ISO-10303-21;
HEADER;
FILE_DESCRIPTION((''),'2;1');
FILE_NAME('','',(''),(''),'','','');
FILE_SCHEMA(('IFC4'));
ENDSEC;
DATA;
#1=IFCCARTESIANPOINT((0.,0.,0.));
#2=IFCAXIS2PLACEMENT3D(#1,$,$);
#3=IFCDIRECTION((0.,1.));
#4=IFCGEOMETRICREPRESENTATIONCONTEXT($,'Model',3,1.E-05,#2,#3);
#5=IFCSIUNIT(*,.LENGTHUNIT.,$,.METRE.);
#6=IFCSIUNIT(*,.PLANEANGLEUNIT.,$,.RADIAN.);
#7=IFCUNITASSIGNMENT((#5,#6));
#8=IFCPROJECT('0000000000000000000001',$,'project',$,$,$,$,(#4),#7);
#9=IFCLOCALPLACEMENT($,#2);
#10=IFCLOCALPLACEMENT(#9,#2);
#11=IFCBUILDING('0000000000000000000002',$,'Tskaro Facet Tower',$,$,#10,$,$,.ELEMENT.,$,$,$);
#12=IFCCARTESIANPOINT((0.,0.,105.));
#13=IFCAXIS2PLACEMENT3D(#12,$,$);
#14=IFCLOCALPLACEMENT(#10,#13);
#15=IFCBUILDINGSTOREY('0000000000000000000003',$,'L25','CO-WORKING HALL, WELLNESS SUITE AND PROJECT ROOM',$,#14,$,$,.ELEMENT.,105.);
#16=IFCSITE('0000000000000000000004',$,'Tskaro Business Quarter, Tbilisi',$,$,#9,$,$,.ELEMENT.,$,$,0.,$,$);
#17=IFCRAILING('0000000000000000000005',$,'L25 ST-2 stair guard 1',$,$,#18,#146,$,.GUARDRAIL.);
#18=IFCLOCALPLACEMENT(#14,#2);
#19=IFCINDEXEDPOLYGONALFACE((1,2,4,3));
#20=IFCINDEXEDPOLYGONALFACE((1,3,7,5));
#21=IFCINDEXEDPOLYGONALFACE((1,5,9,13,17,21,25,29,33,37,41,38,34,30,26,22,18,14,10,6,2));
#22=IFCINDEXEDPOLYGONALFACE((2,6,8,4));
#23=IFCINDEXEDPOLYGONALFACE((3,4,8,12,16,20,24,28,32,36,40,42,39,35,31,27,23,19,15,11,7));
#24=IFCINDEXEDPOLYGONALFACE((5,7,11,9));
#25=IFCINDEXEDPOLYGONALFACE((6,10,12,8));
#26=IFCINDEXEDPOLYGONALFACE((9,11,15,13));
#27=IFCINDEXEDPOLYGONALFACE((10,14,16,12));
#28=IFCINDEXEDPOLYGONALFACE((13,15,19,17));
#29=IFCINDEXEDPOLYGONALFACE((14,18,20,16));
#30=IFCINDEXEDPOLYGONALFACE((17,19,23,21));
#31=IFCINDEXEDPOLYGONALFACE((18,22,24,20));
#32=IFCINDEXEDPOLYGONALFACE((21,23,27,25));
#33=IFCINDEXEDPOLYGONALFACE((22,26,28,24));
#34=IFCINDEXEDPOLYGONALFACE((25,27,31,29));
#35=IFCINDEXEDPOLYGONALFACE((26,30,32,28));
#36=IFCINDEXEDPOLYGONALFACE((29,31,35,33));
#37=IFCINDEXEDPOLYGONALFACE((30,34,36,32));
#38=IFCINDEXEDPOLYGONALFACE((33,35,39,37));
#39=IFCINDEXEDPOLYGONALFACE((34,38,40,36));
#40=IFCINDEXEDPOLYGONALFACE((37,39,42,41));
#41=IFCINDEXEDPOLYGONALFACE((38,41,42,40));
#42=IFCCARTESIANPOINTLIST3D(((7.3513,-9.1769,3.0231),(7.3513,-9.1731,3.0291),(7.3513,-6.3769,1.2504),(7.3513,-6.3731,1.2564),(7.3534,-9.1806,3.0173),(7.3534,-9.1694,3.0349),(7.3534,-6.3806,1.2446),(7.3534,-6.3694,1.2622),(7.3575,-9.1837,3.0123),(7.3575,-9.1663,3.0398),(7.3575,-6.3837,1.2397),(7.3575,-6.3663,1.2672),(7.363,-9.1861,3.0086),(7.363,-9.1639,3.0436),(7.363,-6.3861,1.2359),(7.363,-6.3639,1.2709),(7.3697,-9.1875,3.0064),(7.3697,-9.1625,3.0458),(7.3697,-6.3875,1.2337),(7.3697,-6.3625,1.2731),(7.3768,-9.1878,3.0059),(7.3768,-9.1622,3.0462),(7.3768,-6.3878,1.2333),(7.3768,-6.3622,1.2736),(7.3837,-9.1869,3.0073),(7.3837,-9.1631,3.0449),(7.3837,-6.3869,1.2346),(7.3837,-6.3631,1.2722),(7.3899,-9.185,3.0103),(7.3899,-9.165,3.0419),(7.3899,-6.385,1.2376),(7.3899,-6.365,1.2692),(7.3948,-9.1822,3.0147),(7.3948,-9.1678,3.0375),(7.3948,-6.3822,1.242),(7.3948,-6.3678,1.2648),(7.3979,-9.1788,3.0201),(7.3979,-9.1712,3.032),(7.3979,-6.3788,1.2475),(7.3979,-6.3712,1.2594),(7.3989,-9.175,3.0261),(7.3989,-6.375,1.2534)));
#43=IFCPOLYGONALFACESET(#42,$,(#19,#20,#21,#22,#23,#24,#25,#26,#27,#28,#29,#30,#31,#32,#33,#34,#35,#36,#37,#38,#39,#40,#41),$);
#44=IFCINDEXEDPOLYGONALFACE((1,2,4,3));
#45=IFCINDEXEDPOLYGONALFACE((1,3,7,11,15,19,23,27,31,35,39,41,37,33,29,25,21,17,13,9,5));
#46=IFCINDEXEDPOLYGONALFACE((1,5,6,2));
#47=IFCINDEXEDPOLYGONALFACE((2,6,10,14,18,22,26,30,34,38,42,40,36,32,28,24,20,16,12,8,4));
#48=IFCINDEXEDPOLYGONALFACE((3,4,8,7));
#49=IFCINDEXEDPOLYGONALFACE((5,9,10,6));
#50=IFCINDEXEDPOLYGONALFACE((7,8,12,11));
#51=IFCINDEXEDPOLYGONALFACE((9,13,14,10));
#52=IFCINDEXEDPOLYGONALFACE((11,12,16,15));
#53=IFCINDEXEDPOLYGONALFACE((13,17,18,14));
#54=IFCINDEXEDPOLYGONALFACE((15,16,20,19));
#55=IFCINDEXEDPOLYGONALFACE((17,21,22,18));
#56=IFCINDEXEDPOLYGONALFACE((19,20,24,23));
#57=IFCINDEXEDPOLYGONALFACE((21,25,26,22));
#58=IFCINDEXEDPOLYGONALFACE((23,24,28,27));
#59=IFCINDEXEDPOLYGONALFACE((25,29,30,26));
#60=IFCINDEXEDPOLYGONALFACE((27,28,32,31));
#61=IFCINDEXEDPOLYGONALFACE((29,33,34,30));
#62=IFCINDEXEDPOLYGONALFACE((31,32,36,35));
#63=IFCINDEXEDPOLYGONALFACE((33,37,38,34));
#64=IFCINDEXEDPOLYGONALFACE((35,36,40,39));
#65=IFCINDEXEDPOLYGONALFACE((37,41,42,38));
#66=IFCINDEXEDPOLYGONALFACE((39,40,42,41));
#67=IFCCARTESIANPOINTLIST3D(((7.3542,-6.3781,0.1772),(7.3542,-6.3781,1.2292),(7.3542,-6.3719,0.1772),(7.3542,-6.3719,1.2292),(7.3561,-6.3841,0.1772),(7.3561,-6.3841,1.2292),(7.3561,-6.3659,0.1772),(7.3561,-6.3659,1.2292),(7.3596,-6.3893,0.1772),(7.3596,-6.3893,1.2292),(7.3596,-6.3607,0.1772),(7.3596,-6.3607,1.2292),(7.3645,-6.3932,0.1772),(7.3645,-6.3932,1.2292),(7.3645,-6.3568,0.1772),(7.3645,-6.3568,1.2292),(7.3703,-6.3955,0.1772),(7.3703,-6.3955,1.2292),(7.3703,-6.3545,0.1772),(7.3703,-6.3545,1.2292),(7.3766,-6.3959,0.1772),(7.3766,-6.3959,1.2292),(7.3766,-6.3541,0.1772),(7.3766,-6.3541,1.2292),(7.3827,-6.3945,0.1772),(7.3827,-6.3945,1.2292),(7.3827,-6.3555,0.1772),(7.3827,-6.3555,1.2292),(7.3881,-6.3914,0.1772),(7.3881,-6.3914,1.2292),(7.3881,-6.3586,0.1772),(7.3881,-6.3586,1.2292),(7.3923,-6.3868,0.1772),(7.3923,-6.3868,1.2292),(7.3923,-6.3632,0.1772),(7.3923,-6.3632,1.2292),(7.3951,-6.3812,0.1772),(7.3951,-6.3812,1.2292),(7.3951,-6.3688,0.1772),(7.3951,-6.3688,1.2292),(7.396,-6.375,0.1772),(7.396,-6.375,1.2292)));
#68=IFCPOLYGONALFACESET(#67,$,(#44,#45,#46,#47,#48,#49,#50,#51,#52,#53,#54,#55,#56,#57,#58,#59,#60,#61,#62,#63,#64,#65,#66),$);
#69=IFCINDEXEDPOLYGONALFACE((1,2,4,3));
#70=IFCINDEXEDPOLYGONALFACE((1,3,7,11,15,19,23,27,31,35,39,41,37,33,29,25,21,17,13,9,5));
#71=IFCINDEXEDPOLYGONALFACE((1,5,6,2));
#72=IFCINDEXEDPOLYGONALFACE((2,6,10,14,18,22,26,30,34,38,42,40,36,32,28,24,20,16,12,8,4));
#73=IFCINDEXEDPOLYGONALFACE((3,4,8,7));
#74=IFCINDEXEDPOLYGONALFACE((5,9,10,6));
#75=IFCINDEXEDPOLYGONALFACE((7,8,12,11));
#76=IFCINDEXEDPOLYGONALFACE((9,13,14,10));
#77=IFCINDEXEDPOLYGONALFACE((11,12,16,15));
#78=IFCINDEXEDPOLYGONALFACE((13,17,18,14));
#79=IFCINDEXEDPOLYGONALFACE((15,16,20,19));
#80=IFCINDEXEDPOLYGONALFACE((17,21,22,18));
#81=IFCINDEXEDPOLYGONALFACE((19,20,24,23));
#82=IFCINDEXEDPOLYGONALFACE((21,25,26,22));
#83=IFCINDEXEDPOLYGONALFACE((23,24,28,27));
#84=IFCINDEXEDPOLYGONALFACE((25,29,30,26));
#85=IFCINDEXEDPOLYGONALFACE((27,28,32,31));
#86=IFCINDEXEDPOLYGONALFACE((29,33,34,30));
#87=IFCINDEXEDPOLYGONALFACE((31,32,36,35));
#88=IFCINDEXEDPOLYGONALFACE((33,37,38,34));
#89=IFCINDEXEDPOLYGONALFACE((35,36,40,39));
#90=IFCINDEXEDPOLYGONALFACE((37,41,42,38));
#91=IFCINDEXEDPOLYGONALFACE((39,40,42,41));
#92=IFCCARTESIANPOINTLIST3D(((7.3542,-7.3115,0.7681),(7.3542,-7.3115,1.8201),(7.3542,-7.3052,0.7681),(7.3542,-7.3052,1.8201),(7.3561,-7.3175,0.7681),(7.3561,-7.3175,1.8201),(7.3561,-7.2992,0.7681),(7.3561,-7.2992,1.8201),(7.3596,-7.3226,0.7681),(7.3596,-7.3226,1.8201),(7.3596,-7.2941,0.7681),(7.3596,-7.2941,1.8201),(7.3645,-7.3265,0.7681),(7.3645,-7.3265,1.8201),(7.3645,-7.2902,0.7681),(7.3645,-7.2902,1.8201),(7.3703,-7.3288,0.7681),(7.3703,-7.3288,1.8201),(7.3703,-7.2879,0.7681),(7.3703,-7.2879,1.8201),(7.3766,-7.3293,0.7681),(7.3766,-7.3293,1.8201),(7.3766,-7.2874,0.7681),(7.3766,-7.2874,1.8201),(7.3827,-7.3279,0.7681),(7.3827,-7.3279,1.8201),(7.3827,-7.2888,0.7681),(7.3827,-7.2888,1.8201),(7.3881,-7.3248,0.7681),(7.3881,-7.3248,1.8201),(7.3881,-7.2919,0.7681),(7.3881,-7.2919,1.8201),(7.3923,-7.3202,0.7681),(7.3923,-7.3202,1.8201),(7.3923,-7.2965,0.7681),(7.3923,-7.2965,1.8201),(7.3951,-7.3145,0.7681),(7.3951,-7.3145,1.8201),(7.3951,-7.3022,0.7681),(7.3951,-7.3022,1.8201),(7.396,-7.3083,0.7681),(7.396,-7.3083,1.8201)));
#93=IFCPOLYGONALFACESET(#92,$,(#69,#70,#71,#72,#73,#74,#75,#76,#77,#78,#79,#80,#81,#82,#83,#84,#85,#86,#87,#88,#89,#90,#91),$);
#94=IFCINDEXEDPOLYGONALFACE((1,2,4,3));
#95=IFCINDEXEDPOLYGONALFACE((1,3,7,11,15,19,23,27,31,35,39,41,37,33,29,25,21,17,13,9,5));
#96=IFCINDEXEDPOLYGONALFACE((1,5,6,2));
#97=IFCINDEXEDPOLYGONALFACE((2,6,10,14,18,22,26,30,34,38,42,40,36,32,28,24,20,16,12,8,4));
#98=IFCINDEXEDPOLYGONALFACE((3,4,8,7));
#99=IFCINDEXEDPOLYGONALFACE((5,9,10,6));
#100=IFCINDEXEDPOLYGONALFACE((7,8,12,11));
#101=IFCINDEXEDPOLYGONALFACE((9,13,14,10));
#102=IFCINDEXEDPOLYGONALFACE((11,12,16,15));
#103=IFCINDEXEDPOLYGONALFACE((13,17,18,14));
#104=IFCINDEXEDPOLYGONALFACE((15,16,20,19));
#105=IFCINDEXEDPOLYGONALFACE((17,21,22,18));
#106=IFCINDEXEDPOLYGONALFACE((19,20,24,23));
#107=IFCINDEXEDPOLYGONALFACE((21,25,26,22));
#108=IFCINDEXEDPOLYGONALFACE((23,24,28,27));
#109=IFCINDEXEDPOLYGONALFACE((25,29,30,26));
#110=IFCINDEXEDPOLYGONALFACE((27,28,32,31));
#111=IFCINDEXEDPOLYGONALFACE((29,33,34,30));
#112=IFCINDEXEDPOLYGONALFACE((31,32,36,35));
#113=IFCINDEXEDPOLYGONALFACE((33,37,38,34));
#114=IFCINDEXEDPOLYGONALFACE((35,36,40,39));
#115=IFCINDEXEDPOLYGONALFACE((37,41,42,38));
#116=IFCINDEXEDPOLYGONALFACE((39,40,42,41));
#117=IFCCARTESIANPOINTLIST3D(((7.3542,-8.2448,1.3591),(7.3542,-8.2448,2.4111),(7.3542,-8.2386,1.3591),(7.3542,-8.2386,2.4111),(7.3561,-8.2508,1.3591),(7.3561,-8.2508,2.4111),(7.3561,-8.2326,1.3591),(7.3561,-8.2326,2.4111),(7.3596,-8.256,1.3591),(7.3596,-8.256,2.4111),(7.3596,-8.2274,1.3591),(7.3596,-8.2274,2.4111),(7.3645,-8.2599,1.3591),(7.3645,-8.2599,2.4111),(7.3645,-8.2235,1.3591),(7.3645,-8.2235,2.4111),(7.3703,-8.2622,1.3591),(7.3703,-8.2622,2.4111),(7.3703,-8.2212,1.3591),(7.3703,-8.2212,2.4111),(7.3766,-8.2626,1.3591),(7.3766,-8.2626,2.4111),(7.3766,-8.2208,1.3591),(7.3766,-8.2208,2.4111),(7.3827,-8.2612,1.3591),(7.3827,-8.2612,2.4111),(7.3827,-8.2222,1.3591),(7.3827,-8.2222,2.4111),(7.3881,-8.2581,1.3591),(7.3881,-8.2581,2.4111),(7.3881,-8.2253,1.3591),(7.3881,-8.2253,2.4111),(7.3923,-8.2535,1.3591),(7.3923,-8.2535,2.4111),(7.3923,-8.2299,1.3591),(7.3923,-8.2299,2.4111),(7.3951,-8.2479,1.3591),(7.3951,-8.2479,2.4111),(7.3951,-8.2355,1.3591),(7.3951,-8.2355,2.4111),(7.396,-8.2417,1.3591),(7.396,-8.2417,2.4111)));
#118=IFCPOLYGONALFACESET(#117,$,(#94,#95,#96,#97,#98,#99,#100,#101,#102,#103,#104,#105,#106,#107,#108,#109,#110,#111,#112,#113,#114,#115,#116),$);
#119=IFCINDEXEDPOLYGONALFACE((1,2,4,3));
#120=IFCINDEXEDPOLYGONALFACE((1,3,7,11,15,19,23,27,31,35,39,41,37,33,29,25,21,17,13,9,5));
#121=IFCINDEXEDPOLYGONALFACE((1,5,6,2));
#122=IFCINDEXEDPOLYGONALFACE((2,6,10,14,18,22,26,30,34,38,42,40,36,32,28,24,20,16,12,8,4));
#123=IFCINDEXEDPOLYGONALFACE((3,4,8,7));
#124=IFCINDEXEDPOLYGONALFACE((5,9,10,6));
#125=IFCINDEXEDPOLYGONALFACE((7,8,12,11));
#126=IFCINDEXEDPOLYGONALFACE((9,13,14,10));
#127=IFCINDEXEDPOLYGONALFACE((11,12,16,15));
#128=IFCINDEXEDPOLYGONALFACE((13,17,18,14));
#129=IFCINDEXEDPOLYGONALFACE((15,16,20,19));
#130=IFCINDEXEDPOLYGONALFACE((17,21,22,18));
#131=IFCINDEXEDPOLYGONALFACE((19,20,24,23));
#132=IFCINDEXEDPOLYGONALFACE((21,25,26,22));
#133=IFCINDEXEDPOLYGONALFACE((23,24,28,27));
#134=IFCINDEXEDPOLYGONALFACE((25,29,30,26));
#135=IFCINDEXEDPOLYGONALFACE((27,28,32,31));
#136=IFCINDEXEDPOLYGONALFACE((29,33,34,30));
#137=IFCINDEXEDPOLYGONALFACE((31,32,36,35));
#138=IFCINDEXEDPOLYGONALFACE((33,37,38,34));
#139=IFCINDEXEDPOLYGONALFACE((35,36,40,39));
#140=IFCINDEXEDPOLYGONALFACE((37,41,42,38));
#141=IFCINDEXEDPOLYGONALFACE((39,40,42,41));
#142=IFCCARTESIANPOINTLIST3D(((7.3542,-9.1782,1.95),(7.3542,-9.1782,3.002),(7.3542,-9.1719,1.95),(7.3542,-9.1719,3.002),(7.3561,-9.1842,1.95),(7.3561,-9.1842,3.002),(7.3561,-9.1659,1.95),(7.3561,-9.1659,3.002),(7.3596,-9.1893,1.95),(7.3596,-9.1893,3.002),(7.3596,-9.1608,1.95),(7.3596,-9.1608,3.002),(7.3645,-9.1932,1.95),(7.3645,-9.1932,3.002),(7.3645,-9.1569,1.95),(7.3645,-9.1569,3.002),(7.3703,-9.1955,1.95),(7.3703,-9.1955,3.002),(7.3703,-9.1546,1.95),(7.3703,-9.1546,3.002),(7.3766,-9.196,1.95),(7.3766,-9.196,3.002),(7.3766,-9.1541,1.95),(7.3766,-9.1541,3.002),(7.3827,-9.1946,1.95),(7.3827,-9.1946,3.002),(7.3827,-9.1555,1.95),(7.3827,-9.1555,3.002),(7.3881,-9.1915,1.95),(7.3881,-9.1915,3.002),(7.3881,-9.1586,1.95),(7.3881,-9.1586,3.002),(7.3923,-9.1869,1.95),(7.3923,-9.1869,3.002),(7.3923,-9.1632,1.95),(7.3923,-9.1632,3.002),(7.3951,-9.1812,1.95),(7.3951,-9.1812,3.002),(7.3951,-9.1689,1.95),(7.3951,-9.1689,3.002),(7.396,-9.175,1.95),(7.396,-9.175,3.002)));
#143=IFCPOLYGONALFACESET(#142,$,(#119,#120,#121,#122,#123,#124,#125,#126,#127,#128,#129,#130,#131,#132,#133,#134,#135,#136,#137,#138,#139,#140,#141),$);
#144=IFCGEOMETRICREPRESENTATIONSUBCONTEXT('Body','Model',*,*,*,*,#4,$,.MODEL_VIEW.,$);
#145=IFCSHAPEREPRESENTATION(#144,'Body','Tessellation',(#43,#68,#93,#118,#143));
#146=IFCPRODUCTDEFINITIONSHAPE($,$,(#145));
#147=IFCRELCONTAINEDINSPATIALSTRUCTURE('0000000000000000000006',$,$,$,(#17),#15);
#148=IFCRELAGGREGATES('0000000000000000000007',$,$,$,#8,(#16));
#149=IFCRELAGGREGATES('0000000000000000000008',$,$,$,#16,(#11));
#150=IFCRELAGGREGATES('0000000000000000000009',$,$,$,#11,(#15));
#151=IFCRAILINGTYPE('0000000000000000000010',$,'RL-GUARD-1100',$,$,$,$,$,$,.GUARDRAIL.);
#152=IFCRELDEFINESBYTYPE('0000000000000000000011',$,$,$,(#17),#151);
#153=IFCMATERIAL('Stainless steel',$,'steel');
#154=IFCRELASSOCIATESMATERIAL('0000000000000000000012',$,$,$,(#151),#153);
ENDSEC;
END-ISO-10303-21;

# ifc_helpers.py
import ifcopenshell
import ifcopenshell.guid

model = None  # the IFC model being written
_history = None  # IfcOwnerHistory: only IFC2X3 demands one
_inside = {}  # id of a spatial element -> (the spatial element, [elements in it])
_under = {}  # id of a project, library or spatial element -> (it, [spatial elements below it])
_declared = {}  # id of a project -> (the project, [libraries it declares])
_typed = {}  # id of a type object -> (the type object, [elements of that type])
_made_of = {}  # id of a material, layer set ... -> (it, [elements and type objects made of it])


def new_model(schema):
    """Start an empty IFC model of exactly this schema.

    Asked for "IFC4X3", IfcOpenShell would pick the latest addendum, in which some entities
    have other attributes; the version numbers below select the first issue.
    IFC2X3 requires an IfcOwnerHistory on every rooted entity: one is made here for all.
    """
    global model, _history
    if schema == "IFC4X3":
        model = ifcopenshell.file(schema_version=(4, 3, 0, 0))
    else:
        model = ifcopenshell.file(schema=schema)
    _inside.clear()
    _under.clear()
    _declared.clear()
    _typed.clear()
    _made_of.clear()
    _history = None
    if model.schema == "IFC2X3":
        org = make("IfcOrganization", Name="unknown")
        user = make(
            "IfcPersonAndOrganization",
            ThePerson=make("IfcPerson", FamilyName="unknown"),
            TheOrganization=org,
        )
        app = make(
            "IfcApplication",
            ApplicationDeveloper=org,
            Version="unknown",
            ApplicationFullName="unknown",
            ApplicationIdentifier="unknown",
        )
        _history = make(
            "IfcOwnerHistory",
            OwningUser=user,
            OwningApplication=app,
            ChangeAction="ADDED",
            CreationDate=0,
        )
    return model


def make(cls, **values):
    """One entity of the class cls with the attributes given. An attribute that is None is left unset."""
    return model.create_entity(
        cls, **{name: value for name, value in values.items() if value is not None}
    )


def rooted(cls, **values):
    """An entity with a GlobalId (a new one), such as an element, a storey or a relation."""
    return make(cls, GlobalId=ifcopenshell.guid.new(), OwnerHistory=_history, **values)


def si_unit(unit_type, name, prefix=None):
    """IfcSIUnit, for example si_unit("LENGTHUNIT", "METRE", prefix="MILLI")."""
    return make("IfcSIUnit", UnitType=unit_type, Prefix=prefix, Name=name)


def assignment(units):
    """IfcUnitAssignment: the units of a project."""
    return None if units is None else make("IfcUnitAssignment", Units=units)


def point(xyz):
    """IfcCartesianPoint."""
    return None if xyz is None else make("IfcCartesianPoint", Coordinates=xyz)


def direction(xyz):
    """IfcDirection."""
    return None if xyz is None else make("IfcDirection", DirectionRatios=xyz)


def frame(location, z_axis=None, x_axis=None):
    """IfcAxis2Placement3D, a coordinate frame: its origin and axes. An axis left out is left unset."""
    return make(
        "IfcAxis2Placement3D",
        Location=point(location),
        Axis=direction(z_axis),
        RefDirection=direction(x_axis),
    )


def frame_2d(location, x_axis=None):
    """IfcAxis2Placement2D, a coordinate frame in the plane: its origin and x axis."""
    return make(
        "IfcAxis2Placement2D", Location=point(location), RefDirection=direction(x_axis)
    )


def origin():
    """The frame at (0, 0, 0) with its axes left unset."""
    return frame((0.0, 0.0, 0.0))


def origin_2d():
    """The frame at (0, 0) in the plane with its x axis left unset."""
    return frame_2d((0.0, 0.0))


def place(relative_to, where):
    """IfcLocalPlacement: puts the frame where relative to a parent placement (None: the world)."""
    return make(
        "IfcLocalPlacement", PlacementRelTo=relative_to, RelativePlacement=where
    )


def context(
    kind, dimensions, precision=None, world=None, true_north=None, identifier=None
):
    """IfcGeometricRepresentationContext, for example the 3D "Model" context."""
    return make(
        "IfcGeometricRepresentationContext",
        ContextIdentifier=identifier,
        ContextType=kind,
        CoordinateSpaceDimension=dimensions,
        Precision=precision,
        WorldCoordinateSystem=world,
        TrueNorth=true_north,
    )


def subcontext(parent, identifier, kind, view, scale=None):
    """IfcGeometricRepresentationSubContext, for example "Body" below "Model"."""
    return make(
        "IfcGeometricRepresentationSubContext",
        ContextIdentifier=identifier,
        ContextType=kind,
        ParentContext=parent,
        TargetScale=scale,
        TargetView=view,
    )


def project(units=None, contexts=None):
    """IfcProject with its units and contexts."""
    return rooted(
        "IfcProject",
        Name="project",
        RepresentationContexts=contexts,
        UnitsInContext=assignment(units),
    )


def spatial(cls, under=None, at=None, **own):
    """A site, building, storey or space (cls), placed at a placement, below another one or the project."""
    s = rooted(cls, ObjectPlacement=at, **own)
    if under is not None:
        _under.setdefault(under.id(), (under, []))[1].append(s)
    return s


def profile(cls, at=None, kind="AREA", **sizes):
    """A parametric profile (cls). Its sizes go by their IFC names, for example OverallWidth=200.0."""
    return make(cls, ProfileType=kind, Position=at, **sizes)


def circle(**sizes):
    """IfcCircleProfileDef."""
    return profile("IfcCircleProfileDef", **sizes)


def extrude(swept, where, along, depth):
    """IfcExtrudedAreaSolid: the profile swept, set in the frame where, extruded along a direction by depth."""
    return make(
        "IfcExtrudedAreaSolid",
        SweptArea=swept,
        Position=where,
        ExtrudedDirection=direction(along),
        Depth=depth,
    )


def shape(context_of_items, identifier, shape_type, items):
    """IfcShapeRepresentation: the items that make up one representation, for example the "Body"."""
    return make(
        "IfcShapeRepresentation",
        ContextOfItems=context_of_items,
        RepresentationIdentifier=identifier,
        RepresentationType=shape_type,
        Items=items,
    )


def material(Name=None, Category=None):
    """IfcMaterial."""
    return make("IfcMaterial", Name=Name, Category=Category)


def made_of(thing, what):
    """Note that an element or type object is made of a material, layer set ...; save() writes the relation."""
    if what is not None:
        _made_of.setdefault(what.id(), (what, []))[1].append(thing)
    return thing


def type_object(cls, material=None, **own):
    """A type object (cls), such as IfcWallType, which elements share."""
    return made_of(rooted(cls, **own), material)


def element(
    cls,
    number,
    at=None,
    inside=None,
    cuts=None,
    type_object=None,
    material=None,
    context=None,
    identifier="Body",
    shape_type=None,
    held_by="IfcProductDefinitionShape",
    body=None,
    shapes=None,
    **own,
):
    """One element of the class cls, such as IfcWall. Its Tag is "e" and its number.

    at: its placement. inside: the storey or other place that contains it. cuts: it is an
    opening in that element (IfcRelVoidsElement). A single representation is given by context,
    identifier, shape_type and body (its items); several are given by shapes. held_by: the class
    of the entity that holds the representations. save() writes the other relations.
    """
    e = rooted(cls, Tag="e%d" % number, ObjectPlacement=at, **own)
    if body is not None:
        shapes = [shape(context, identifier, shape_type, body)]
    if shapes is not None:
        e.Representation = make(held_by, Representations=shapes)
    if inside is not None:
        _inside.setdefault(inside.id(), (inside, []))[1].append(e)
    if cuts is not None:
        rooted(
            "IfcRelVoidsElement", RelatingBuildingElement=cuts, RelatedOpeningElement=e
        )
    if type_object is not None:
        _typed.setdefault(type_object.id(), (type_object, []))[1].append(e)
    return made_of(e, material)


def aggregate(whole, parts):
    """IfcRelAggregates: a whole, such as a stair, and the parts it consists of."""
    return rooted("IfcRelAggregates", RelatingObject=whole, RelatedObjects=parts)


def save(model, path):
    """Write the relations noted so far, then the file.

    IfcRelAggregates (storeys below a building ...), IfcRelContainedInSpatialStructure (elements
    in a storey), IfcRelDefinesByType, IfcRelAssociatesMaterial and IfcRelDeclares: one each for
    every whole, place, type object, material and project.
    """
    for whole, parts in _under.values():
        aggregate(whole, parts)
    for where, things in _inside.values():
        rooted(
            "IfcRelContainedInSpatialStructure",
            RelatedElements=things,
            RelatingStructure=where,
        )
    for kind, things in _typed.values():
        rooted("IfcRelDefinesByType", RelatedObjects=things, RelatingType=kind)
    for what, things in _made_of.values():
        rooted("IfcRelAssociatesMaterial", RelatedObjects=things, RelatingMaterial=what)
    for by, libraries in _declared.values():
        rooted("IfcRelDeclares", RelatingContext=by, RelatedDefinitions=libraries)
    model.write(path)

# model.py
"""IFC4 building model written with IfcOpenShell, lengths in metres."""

from ifc_helpers import new_model, si_unit, direction, frame, origin, origin_2d, place, context, subcontext, project, spatial, circle, extrude, material, type_object, element, save


model = new_model("IFC4")

# Units and contexts
model_context = context("Model", 3, precision=1e-05, world=origin(), true_north=direction((0.0, 1.0)))
body_context = subcontext(model_context, "Body", "Model", "MODEL_VIEW")
ifc_project = project(units=[si_unit("LENGTHUNIT", "METRE"), si_unit("PLANEANGLEUNIT", "RADIAN")], contexts=[model_context])

# Site, building, storey
site_placement = place(None, origin())
site = spatial("IfcSite", under=ifc_project, at=site_placement, Name="Tskaro Business Quarter, Tbilisi", CompositionType="ELEMENT", RefElevation=0.0)
building_placement = place(site_placement, origin())
building = spatial("IfcBuilding", under=site, at=building_placement, Name="Tskaro Facet Tower", CompositionType="ELEMENT")
storey_placement = place(building_placement, frame((0.0, 0.0, 105.0)))
storey = spatial("IfcBuildingStorey", under=building, at=storey_placement, Name="L25", Description="CO-WORKING HALL, WELLNESS SUITE AND PROJECT ROOM", CompositionType="ELEMENT", Elevation=105.0)

# Shared definitions
ifc_material_1 = material(Name="Stainless steel", Category="steel")

# Railing
railing_type_1 = type_object("IfcRailingType", Name="RL-GUARD-1100", PredefinedType="GUARDRAIL", material=ifc_material_1)
railing_1_placement = place(storey_placement, frame((7.375, -6.375, 0.1772)))
element("IfcRailing", 1, at=railing_1_placement, inside=storey, type_object=railing_type_1, Name="L25 ST-2 stair guard 1", PredefinedType="GUARDRAIL", context=body_context, shape_type="SweptSolid", body=[
    extrude(circle(Radius=0.0239, at=origin_2d()), frame((0.0, 0.0, 1.0762), z_axis=(0.0, -0.844909, 0.53491), x_axis=(1.0, 0.0, 0.0)), (0.0, 0.0, 1.0), 3.314),
    extrude(circle(Radius=0.021, at=origin_2d()), origin(), (0.0, 0.0, 1.0), 1.052),
    extrude(circle(Radius=0.021, at=origin_2d()), frame((0.0, -0.9333, 0.5908)), (0.0, 0.0, 1.0), 1.052),
    extrude(circle(Radius=0.021, at=origin_2d()), frame((0.0, -1.8667, 1.1819)), (0.0, 0.0, 1.0), 1.052),
    extrude(circle(Radius=0.021, at=origin_2d()), frame((0.0, -2.8, 1.7727)), (0.0, 0.0, 1.0), 1.052),
])

save(model, "model.ifc")
